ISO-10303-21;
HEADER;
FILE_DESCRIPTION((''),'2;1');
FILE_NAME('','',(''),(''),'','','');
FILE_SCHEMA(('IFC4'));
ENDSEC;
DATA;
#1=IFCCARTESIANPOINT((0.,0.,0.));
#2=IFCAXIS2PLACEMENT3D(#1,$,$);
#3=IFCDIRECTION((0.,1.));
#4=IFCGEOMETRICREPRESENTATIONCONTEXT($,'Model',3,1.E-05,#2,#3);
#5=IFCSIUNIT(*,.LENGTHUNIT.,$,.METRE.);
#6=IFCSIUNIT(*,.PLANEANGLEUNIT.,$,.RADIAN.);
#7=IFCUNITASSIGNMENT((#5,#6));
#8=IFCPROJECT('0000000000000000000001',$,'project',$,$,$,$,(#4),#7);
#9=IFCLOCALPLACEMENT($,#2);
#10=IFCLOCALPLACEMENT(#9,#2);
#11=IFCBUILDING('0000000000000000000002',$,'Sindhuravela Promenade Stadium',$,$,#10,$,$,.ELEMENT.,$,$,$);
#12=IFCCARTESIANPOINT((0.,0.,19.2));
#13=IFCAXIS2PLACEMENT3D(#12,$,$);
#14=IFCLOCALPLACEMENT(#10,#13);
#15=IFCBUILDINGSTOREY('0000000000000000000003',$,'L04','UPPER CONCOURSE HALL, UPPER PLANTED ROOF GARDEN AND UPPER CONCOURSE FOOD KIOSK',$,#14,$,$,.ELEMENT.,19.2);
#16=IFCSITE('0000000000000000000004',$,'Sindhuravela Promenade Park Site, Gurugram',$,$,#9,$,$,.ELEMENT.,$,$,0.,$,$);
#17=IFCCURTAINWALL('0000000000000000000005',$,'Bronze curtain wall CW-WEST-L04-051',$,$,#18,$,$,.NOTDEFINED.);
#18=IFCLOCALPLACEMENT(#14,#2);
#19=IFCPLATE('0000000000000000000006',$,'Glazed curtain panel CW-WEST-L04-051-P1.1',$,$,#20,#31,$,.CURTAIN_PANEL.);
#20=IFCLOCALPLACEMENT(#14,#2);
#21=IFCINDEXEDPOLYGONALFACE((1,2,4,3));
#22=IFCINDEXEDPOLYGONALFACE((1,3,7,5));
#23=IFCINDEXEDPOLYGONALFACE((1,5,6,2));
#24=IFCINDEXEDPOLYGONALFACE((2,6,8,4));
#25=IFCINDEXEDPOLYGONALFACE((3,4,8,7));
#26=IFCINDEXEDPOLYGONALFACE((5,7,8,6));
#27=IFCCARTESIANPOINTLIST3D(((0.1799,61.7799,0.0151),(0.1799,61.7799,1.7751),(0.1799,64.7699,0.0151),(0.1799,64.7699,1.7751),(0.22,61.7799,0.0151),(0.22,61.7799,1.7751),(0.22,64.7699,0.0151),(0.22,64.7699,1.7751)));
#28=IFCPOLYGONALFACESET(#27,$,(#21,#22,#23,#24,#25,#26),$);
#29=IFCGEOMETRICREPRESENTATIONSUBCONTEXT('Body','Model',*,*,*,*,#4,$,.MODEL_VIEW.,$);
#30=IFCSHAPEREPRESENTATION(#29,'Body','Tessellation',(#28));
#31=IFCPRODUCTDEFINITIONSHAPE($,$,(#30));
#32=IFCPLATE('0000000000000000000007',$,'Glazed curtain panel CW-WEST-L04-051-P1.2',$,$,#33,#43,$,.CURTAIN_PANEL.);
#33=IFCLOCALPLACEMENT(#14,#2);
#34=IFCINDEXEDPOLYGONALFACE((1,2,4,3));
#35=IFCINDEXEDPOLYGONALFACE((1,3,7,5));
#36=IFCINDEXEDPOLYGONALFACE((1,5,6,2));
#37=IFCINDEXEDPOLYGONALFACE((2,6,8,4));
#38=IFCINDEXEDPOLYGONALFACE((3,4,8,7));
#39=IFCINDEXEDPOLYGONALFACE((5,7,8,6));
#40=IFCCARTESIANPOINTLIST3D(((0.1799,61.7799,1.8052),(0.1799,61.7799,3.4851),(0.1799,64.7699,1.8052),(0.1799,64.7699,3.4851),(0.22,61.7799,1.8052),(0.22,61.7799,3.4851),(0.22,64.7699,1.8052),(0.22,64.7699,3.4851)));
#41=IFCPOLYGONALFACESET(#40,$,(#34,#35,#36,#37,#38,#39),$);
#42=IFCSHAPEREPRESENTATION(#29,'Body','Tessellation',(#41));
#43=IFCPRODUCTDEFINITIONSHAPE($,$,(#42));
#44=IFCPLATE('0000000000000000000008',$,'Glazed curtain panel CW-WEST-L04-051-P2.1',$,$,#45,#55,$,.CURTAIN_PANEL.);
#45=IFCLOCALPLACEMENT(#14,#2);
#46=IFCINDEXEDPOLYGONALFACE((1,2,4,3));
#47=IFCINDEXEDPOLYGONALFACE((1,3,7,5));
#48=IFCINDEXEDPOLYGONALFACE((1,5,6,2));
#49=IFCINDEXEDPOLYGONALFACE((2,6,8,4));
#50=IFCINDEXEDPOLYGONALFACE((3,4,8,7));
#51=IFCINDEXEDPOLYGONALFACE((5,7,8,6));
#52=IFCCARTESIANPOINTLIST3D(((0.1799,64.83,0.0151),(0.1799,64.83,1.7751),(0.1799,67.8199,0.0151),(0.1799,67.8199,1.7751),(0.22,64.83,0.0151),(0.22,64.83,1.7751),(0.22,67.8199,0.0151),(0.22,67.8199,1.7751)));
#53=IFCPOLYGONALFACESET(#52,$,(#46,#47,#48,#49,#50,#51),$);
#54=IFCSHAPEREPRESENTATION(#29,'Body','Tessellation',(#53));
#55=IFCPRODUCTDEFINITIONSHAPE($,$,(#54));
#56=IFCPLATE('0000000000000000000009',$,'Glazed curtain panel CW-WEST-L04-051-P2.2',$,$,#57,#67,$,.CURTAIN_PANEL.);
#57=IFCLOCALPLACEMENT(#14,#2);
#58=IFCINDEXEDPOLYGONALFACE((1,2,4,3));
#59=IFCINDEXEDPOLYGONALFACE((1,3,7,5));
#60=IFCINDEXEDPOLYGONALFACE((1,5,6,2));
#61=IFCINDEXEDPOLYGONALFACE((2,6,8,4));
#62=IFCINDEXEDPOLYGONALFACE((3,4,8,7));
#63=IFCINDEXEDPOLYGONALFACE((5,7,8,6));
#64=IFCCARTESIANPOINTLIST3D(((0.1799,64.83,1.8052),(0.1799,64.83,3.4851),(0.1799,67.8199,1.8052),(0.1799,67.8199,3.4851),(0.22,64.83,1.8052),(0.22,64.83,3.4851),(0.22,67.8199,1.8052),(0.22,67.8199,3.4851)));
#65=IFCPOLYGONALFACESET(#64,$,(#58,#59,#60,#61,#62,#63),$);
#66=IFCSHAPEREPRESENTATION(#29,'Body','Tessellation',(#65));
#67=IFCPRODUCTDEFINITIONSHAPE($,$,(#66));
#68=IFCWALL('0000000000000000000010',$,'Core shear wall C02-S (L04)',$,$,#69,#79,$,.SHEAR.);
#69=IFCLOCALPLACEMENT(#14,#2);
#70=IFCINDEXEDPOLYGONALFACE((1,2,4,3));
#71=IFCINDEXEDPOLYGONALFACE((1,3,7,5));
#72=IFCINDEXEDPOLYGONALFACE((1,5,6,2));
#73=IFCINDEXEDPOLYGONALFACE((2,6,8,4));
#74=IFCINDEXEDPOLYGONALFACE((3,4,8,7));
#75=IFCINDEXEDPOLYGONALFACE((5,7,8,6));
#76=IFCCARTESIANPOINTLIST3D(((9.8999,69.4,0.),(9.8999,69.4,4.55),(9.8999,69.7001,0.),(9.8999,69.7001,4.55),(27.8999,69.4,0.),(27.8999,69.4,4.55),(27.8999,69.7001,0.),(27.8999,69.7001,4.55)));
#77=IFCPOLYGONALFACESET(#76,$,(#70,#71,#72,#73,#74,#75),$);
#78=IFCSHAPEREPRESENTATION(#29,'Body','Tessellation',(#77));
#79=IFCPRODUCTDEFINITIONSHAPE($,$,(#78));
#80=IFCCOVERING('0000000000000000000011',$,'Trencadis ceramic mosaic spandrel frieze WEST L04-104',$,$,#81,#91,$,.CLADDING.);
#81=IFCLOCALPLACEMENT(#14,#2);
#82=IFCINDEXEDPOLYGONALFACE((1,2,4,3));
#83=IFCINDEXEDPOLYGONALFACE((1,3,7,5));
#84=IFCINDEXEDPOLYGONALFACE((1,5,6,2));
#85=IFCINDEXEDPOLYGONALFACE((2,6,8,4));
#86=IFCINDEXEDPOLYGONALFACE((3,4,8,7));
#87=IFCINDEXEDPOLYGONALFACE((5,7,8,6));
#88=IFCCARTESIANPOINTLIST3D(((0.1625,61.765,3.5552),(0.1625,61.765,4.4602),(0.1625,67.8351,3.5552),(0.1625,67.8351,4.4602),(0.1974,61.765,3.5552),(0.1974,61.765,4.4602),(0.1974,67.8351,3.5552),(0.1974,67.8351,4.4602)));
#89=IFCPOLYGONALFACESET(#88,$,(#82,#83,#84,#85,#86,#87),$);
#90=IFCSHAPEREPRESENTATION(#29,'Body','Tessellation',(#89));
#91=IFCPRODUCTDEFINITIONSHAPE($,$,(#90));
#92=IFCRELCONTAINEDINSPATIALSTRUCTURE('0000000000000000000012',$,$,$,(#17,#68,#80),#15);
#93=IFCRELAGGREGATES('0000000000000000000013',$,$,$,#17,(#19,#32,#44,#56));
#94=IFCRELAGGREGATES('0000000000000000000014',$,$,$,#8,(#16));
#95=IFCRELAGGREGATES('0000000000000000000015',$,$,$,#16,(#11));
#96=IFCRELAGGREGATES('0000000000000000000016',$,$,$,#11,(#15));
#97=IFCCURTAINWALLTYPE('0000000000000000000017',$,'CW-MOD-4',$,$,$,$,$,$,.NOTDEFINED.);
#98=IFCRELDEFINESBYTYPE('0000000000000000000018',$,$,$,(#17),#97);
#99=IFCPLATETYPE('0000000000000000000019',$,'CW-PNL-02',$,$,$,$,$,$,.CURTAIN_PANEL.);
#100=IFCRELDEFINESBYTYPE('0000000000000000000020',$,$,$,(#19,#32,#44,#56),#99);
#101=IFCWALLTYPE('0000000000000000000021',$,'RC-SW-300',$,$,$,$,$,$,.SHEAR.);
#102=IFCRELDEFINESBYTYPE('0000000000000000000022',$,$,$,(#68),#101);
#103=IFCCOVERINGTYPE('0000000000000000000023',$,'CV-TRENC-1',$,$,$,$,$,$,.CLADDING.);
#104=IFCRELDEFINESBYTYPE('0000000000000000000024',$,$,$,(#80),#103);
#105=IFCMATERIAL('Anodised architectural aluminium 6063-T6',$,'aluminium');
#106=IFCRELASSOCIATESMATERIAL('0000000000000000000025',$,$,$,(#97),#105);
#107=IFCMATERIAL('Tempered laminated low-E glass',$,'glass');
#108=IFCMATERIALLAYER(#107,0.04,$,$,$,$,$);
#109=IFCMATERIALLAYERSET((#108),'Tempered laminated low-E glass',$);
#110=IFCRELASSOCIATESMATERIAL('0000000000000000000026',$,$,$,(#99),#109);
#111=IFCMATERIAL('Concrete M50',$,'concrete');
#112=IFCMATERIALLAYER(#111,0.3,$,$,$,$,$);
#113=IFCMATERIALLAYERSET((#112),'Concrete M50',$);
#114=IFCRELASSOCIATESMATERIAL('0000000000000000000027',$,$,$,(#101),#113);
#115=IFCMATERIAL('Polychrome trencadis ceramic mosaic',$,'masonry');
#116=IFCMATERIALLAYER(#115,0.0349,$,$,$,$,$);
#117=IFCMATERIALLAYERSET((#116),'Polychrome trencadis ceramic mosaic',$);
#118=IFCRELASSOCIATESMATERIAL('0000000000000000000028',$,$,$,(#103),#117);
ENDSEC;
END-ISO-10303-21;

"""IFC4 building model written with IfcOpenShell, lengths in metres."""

from ifc_helpers import new_model, si_unit, direction, frame, frame_2d, origin, origin_2d, place, context, subcontext, project, spatial, rectangle, extrude, material, layer, layer_set, type_object, element, aggregate, save


model = new_model("IFC4")

# Units and contexts
model_context = context("Model", 3, precision=1e-05, world=origin(), true_north=direction((0.0, 1.0)))
body_context = subcontext(model_context, "Body", "Model", "MODEL_VIEW")
ifc_project = project(units=[si_unit("LENGTHUNIT", "METRE"), si_unit("PLANEANGLEUNIT", "RADIAN")], contexts=[model_context])

# Site, building, storey
site_placement = place(None, origin())
site = spatial("IfcSite", under=ifc_project, at=site_placement, Name="Sindhuravela Promenade Park Site, Gurugram", CompositionType="ELEMENT", RefElevation=0.0)
building_placement = place(site_placement, origin())
building = spatial("IfcBuilding", under=site, at=building_placement, Name="Sindhuravela Promenade Stadium", CompositionType="ELEMENT")
storey_placement = place(building_placement, frame((0.0, 0.0, 19.2)))
storey = spatial("IfcBuildingStorey", under=building, at=storey_placement, Name="L04", Description="UPPER CONCOURSE HALL, UPPER PLANTED ROOF GARDEN AND UPPER CONCOURSE FOOD KIOSK", CompositionType="ELEMENT", Elevation=19.2)

# Curtain wall
ifc_material_1 = material(Name="Anodised architectural aluminium 6063-T6", Category="aluminium")
curtain_wall_type_1 = type_object("IfcCurtainWallType", Name="CW-MOD-4", PredefinedType="NOTDEFINED", material=ifc_material_1)
curtain_wall_1_placement = place(storey_placement, origin())
curtain_wall_1 = element("IfcCurtainWall", 1, at=curtain_wall_1_placement, inside=storey, type_object=curtain_wall_type_1, Name="Bronze curtain wall CW-WEST-L04-051", PredefinedType="NOTDEFINED")

# Plates
ifc_material_2 = material(Name="Tempered laminated low-E glass", Category="glass")
ifc_layer_1 = layer(ifc_material_2, 0.04)
ifc_layer_set_1 = layer_set([ifc_layer_1], Name="Tempered laminated low-E glass")
plate_type = type_object("IfcPlateType", Name="CW-PNL-02", PredefinedType="CURTAIN_PANEL", material=ifc_layer_set_1)
plate_1_placement = place(storey_placement, frame((0.2, 63.2749, 0.0151), z_axis=(0.0, 0.0, 1.0), x_axis=(0.0, 1.0, 0.0)))
plate_1 = element("IfcPlate", 2, at=plate_1_placement, type_object=plate_type, Name="Glazed curtain panel CW-WEST-L04-051-P1.1", PredefinedType="CURTAIN_PANEL", context=body_context, shape_type="SweptSolid", body=[
    extrude(rectangle(XDim=2.99, YDim=0.04, at=origin_2d()), origin(), (0.0, 0.0, 1.0), 1.76),
])
plate_2_placement = place(storey_placement, frame((0.2, 63.2749, 1.8052), z_axis=(0.0, 0.0, 1.0), x_axis=(0.0, 1.0, 0.0)))
plate_2 = element("IfcPlate", 3, at=plate_2_placement, type_object=plate_type, Name="Glazed curtain panel CW-WEST-L04-051-P1.2", PredefinedType="CURTAIN_PANEL", context=body_context, shape_type="SweptSolid", body=[
    extrude(rectangle(XDim=2.99, YDim=0.04, at=origin_2d()), origin(), (0.0, 0.0, 1.0), 1.6799),
])
plate_3_placement = place(storey_placement, frame((0.2, 66.325, 0.0151), z_axis=(0.0, 0.0, 1.0), x_axis=(0.0, 1.0, 0.0)))
plate_3 = element("IfcPlate", 4, at=plate_3_placement, type_object=plate_type, Name="Glazed curtain panel CW-WEST-L04-051-P2.1", PredefinedType="CURTAIN_PANEL", context=body_context, shape_type="SweptSolid", body=[
    extrude(rectangle(XDim=2.99, YDim=0.04, at=origin_2d()), origin(), (0.0, 0.0, 1.0), 1.76),
])
plate_4_placement = place(storey_placement, frame((0.2, 66.325, 1.8052), z_axis=(0.0, 0.0, 1.0), x_axis=(0.0, 1.0, 0.0)))
plate_4 = element("IfcPlate", 5, at=plate_4_placement, type_object=plate_type, Name="Glazed curtain panel CW-WEST-L04-051-P2.2", PredefinedType="CURTAIN_PANEL", context=body_context, shape_type="SweptSolid", body=[
    extrude(rectangle(XDim=2.99, YDim=0.04, at=origin_2d()), origin(), (0.0, 0.0, 1.0), 1.6799),
])
aggregate(curtain_wall_1, [plate_1, plate_2, plate_3, plate_4])

# Wall
ifc_material_3 = material(Name="Concrete M50", Category="concrete")
ifc_layer_2 = layer(ifc_material_3, 0.3)
ifc_layer_set_2 = layer_set([ifc_layer_2], Name="Concrete M50")
wall_type = type_object("IfcWallType", Name="RC-SW-300", PredefinedType="SHEAR", material=ifc_layer_set_2)
wall_placement = place(storey_placement, frame((9.8999, 69.55, 0.0), z_axis=(0.0, 0.0, 1.0), x_axis=(1.0, 0.0, 0.0)))
element("IfcWall", 6, at=wall_placement, inside=storey, type_object=wall_type, Name="Core shear wall C02-S (L04)", PredefinedType="SHEAR", context=body_context, shape_type="SweptSolid", body=[
    extrude(rectangle(XDim=18.0, YDim=0.3, at=frame_2d((9.0, 0.0))), origin(), (0.0, 0.0, 1.0), 4.55),
])

# Covering
ifc_material_4 = material(Name="Polychrome trencadis ceramic mosaic", Category="masonry")
ifc_layer_3 = layer(ifc_material_4, 0.0349)
ifc_layer_set_3 = layer_set([ifc_layer_3], Name="Polychrome trencadis ceramic mosaic")
covering_type = type_object("IfcCoveringType", Name="CV-TRENC-1", PredefinedType="CLADDING", material=ifc_layer_set_3)
covering_placement = place(storey_placement, frame((0.1799, 64.8, 3.5552), z_axis=(0.0, 0.0, 1.0), x_axis=(0.0, 1.0, 0.0)))
element("IfcCovering", 7, at=covering_placement, inside=storey, type_object=covering_type, Name="Trencadis ceramic mosaic spandrel frieze WEST L04-104", PredefinedType="CLADDING", context=body_context, shape_type="SweptSolid", body=[
    extrude(rectangle(XDim=6.0701, YDim=0.0349, at=origin_2d()), origin(), (0.0, 0.0, 1.0), 0.905),
])

save(model, "model.ifc")
